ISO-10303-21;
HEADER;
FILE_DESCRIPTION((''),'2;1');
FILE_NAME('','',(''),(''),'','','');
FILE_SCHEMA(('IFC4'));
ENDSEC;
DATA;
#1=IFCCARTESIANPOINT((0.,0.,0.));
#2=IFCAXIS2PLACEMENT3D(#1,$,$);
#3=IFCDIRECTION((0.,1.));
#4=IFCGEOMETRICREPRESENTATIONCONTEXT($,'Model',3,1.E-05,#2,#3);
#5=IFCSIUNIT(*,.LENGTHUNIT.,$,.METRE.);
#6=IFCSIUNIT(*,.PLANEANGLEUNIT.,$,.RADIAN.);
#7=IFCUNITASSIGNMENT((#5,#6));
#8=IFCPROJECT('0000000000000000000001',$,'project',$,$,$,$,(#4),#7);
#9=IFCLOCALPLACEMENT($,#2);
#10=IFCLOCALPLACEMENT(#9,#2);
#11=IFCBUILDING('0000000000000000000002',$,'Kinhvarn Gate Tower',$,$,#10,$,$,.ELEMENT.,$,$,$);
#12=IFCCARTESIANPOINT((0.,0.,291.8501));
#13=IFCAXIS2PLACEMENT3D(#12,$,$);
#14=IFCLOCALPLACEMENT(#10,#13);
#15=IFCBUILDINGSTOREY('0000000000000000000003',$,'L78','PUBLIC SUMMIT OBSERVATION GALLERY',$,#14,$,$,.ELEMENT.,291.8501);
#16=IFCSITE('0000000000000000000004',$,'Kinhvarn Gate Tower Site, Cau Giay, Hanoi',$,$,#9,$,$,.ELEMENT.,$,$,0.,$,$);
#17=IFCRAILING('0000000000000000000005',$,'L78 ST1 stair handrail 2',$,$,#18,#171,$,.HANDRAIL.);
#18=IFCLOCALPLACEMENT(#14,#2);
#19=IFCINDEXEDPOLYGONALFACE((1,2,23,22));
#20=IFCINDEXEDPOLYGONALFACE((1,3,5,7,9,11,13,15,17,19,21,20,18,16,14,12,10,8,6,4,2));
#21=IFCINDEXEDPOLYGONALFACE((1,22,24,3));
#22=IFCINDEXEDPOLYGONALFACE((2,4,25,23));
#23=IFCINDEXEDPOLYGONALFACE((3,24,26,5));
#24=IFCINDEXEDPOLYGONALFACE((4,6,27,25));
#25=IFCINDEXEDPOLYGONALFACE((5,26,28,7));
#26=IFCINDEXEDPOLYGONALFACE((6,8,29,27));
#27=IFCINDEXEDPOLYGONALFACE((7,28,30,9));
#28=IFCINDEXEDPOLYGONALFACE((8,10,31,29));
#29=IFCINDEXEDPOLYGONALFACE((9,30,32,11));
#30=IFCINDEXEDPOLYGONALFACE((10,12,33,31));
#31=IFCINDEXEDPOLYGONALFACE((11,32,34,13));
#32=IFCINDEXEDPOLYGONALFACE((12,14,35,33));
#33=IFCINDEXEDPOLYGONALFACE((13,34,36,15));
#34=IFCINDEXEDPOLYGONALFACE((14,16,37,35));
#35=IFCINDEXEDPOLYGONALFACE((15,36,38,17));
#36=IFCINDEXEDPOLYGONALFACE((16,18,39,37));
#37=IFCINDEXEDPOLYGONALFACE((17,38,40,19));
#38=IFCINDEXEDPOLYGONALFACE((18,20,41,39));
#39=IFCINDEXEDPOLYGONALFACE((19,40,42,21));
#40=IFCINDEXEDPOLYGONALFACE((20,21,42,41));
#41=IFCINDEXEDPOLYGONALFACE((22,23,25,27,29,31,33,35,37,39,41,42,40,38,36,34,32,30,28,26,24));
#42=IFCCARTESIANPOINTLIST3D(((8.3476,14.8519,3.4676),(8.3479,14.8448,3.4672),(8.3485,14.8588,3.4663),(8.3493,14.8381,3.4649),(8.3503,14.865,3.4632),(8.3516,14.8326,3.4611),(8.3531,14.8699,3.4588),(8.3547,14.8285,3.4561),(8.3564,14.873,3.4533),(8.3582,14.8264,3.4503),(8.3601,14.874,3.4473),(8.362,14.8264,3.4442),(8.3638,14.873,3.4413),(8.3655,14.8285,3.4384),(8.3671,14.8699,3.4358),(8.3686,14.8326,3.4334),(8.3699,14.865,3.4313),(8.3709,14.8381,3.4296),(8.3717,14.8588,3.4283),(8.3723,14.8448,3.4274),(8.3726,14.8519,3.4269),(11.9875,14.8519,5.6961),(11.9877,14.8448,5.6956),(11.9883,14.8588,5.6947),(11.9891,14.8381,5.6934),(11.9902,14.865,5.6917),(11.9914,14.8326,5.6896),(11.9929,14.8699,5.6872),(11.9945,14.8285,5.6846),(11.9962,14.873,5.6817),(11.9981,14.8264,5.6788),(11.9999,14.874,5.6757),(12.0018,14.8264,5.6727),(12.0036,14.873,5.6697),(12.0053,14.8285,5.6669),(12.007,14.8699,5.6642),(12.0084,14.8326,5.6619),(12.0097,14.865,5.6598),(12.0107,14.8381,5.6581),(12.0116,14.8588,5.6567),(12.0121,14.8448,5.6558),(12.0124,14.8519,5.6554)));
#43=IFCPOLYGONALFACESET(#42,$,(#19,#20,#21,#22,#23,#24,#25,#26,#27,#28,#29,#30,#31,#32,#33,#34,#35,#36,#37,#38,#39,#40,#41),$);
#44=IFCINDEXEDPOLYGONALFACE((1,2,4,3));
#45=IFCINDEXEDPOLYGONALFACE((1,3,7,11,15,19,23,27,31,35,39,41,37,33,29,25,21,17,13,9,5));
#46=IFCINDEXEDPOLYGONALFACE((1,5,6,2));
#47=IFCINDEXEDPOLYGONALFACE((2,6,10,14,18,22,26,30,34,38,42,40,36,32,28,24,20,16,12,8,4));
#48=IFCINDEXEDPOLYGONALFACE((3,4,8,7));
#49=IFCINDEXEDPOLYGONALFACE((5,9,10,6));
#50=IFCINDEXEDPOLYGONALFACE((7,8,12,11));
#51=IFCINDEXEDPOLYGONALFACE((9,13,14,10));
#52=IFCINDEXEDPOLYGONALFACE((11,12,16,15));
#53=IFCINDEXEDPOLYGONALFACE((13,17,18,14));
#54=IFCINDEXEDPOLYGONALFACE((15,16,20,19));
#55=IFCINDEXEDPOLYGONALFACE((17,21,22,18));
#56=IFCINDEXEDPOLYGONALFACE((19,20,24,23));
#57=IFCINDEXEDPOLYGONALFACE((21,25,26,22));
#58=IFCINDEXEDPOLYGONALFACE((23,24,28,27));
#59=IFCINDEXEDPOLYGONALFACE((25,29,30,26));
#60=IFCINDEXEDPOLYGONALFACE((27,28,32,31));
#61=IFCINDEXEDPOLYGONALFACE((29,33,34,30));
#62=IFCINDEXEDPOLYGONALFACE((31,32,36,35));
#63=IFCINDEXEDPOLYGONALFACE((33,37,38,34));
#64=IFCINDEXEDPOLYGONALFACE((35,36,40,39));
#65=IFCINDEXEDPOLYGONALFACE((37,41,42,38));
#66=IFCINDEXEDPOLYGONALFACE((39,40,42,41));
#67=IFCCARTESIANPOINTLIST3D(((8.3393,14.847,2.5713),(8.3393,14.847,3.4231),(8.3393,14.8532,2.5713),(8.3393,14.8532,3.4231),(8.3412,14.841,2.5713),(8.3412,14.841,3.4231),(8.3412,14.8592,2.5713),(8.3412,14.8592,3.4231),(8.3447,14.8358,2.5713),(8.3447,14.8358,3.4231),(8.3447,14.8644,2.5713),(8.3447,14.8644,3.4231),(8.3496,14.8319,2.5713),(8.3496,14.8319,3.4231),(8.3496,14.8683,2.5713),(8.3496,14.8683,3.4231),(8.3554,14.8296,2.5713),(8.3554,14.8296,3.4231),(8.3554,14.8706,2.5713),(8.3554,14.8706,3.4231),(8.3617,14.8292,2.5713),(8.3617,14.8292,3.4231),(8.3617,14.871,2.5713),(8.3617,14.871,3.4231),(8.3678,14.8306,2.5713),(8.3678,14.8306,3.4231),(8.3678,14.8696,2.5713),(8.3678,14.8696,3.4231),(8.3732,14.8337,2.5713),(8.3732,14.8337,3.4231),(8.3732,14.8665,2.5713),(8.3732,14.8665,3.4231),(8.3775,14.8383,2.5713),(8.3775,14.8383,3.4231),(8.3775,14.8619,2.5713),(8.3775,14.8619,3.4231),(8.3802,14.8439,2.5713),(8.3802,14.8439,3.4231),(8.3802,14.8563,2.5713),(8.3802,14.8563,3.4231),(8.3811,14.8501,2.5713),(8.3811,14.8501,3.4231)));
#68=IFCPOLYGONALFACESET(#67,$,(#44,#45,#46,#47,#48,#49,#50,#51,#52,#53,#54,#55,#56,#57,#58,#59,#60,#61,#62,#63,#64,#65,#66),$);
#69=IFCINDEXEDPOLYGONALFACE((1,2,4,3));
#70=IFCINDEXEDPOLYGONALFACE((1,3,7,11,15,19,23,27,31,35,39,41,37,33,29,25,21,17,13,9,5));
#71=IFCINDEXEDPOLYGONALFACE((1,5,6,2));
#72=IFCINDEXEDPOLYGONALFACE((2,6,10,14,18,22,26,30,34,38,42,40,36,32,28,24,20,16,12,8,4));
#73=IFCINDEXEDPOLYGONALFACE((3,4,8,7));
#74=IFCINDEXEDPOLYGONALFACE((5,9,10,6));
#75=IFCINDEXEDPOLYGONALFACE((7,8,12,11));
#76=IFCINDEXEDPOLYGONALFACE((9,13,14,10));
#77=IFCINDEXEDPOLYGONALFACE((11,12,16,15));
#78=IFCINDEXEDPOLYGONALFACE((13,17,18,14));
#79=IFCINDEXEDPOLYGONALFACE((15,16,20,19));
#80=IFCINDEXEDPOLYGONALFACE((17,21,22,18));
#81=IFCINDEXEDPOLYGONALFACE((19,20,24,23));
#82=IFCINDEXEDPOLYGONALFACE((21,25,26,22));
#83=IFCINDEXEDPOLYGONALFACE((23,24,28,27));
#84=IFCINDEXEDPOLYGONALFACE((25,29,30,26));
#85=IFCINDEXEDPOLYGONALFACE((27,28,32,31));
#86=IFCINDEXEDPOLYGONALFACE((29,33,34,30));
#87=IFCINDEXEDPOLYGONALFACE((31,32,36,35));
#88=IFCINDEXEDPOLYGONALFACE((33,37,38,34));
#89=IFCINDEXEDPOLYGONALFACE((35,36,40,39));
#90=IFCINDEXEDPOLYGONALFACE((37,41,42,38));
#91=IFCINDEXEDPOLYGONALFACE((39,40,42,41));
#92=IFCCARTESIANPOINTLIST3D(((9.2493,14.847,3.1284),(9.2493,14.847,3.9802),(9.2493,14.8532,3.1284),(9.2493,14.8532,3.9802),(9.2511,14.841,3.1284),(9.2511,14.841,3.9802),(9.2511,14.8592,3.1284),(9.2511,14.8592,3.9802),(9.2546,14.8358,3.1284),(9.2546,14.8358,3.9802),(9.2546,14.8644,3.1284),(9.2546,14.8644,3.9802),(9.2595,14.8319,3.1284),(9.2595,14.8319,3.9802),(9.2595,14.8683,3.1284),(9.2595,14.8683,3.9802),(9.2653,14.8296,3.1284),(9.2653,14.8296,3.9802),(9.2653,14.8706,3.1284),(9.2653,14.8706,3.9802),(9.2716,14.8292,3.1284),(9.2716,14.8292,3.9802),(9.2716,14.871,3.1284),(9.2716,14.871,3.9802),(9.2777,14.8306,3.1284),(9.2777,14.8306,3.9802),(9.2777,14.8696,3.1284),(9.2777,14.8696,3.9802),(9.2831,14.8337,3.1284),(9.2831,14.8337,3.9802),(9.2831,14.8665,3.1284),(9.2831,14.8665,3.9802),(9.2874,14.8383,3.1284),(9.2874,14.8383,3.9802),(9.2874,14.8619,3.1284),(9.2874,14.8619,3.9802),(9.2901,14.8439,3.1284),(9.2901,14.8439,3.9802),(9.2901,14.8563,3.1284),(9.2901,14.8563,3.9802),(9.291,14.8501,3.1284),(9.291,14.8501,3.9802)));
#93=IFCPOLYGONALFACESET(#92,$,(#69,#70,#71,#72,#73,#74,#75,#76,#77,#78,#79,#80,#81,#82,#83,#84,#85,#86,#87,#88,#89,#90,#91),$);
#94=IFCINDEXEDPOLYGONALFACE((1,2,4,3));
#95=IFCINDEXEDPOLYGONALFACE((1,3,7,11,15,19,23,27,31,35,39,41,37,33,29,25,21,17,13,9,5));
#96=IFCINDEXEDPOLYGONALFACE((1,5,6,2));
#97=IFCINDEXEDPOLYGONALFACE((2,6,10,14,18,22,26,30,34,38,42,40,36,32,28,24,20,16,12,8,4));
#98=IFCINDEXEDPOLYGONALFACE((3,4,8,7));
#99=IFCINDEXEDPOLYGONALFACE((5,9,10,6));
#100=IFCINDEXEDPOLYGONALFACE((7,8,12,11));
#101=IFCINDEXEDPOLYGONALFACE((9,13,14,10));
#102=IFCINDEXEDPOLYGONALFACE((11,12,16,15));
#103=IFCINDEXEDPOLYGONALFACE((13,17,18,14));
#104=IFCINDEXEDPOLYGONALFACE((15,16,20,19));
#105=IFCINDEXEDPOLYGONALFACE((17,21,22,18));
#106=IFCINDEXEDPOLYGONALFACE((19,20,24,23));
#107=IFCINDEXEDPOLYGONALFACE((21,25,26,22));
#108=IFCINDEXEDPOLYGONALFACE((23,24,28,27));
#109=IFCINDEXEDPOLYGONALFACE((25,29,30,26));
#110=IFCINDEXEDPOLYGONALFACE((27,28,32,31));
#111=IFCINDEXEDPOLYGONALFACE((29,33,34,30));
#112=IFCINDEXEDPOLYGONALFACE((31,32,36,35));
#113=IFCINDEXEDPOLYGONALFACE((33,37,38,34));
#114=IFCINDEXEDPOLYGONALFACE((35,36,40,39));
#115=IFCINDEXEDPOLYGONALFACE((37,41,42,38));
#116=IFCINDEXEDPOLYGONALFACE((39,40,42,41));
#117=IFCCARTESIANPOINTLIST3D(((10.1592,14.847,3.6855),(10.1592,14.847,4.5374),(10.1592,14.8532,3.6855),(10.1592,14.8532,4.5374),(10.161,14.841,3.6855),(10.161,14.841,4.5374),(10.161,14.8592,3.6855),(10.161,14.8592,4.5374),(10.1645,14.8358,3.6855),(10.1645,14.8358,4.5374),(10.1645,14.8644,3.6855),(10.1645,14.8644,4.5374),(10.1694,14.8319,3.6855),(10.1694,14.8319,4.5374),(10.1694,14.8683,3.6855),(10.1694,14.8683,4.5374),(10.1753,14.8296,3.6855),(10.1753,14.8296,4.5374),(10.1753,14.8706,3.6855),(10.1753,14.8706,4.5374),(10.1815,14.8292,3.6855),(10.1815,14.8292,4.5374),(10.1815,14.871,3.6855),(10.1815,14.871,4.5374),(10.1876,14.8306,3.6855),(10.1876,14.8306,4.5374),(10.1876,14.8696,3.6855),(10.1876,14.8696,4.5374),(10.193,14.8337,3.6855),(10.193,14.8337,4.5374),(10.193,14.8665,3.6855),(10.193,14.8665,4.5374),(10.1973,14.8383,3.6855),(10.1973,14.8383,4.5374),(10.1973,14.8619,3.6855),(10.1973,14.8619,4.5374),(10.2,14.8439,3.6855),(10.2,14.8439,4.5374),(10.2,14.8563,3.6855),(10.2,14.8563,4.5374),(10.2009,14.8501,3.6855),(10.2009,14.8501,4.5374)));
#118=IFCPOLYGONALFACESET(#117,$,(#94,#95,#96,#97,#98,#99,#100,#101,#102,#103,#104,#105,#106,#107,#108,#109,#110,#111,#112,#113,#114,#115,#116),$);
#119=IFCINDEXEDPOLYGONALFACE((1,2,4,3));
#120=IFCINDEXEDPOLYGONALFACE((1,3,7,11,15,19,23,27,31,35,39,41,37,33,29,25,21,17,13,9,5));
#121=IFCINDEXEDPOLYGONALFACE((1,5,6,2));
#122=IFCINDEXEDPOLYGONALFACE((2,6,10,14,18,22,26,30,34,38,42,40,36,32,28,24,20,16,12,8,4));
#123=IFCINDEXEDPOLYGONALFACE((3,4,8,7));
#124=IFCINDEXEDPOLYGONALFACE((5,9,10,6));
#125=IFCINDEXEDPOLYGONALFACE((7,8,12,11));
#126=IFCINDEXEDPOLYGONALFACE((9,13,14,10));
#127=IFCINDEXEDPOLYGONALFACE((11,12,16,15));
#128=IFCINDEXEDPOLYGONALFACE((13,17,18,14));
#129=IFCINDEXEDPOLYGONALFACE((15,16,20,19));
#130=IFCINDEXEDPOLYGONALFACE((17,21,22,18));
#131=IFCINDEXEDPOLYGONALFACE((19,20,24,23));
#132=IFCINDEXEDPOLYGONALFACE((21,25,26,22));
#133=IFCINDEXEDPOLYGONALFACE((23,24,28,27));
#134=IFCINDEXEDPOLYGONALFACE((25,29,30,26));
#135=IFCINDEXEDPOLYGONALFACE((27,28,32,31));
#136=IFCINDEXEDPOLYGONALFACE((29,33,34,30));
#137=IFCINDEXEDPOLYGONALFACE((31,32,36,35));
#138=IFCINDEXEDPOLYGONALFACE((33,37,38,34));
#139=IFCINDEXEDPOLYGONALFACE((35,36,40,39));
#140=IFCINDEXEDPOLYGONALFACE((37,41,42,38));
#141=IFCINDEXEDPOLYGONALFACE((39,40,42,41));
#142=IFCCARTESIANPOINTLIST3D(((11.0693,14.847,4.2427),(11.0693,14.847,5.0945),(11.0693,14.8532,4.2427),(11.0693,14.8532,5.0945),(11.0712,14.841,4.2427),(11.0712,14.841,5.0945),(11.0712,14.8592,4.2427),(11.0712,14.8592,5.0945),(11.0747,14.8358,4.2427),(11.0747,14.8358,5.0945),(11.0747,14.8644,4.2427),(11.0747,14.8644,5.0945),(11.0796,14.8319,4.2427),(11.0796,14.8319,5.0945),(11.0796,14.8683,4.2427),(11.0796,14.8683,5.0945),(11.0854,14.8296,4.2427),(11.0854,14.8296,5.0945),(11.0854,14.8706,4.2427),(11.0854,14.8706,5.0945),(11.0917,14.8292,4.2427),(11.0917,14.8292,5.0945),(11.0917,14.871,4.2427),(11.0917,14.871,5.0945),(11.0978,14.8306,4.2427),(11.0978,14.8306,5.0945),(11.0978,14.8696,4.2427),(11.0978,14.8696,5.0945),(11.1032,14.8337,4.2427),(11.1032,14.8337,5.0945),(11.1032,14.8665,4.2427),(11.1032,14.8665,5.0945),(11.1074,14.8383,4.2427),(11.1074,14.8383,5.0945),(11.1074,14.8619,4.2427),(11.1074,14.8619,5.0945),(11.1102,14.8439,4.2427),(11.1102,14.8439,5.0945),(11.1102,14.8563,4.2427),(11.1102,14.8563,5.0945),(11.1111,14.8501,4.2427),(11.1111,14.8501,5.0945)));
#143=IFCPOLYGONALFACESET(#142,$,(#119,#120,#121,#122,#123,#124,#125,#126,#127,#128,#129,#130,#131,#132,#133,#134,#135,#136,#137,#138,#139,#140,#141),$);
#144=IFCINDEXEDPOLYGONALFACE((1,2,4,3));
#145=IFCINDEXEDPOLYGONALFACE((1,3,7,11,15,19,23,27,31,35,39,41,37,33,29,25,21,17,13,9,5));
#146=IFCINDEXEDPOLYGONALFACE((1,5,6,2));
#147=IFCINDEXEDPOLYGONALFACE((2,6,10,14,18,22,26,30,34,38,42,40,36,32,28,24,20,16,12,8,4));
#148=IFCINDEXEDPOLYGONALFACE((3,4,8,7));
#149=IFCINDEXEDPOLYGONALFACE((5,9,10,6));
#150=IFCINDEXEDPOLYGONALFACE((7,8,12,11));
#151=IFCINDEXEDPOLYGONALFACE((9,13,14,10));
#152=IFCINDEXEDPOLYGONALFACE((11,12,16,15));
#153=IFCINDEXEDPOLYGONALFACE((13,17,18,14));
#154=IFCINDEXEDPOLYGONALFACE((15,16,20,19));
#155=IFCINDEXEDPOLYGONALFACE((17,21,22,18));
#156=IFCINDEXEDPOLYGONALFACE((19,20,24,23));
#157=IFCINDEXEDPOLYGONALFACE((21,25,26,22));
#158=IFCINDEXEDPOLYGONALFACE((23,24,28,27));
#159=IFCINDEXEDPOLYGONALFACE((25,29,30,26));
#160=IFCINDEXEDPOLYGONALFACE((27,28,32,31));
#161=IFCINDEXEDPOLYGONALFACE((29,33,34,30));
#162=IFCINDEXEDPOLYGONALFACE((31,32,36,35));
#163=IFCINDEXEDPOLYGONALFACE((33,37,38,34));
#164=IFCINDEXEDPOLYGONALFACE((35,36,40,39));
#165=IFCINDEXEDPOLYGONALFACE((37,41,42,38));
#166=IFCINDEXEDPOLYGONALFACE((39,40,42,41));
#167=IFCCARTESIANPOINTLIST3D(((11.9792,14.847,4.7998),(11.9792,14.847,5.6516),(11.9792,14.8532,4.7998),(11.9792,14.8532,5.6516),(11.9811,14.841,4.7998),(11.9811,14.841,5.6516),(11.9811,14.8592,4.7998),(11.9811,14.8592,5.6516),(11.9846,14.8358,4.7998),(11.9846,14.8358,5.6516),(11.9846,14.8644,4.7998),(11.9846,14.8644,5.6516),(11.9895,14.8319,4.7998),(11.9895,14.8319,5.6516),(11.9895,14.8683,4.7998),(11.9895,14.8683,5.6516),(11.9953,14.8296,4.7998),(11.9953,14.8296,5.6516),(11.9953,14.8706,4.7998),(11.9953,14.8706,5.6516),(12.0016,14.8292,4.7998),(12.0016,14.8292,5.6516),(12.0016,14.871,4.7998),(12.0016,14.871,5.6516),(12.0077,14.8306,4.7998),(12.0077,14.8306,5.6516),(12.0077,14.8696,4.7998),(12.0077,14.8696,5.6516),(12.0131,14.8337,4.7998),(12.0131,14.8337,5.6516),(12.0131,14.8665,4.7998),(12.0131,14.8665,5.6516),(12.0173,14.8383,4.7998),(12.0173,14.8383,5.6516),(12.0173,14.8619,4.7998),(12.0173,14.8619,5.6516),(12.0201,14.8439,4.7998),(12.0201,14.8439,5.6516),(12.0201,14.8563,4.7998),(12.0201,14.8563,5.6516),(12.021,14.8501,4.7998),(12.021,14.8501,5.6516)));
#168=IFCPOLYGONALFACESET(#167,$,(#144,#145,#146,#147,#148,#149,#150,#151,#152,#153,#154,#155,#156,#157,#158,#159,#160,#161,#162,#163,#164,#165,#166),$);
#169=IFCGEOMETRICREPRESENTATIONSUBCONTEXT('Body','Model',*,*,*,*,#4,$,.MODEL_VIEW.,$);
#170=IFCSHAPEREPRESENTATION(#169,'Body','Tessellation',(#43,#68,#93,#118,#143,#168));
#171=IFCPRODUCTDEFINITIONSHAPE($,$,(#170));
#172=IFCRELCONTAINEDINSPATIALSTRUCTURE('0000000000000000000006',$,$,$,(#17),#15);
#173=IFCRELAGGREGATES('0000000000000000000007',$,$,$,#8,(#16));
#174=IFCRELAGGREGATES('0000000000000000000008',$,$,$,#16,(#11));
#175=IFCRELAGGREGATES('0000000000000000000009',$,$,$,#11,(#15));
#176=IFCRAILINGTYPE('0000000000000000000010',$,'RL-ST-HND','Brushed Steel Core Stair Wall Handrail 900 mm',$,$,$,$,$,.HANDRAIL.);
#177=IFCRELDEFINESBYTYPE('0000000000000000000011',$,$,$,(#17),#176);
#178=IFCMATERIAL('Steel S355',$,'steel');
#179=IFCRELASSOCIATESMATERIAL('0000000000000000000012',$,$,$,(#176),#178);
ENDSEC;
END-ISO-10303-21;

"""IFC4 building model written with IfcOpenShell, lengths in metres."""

from ifc_helpers import new_model, si_unit, direction, frame, origin, origin_2d, place, context, subcontext, project, spatial, circle, extrude, material, type_object, element, save


model = new_model("IFC4")

# Units and contexts
model_context = context("Model", 3, precision=1e-05, world=origin(), true_north=direction((0.0, 1.0)))
body_context = subcontext(model_context, "Body", "Model", "MODEL_VIEW")
ifc_project = project(units=[si_unit("LENGTHUNIT", "METRE"), si_unit("PLANEANGLEUNIT", "RADIAN")], contexts=[model_context])

# Site, building, storey
site_placement = place(None, origin())
site = spatial("IfcSite", under=ifc_project, at=site_placement, Name="Kinhvarn Gate Tower Site, Cau Giay, Hanoi", CompositionType="ELEMENT", RefElevation=0.0)
building_placement = place(site_placement, origin())
building = spatial("IfcBuilding", under=site, at=building_placement, Name="Kinhvarn Gate Tower", CompositionType="ELEMENT")
storey_placement = place(building_placement, frame((0.0, 0.0, 291.8501)))
storey = spatial("IfcBuildingStorey", under=building, at=storey_placement, Name="L78", Description="PUBLIC SUMMIT OBSERVATION GALLERY", CompositionType="ELEMENT", Elevation=291.8501)

# Shared definitions
ifc_material_1 = material(Name="Steel S355", Category="steel")

# Railing
railing_type_1 = type_object("IfcRailingType", Name="RL-ST-HND", Description="Brushed Steel Core Stair Wall Handrail 900 mm", PredefinedType="HANDRAIL", material=ifc_material_1)
railing_1_placement = place(storey_placement, frame((8.3601, 14.8501, 2.5713)))
element("IfcRailing", 1, at=railing_1_placement, inside=storey, type_object=railing_type_1, Name="L78 ST1 stair handrail 2", PredefinedType="HANDRAIL", context=body_context, shape_type="SweptSolid", body=[
    extrude(circle(Radius=0.0239, at=origin_2d()), frame((0.0, 0.0, 0.876), z_axis=(0.85285, 0.0, 0.522156), x_axis=(0.0, 1.0, 0.0)), (0.0, 0.0, 1.0), 4.2678),
    extrude(circle(Radius=0.021, at=origin_2d()), origin(), (0.0, 0.0, 1.0), 0.8518),
    extrude(circle(Radius=0.021, at=origin_2d()), frame((0.9099, 0.0, 0.5571)), (0.0, 0.0, 1.0), 0.8518),
    extrude(circle(Radius=0.021, at=origin_2d()), frame((1.8198, 0.0, 1.1143)), (0.0, 0.0, 1.0), 0.8518),
    extrude(circle(Radius=0.021, at=origin_2d()), frame((2.73, 0.0, 1.6714)), (0.0, 0.0, 1.0), 0.8518),
    extrude(circle(Radius=0.021, at=origin_2d()), frame((3.6399, 0.0, 2.2285)), (0.0, 0.0, 1.0), 0.8518),
])

save(model, "model.ifc")
